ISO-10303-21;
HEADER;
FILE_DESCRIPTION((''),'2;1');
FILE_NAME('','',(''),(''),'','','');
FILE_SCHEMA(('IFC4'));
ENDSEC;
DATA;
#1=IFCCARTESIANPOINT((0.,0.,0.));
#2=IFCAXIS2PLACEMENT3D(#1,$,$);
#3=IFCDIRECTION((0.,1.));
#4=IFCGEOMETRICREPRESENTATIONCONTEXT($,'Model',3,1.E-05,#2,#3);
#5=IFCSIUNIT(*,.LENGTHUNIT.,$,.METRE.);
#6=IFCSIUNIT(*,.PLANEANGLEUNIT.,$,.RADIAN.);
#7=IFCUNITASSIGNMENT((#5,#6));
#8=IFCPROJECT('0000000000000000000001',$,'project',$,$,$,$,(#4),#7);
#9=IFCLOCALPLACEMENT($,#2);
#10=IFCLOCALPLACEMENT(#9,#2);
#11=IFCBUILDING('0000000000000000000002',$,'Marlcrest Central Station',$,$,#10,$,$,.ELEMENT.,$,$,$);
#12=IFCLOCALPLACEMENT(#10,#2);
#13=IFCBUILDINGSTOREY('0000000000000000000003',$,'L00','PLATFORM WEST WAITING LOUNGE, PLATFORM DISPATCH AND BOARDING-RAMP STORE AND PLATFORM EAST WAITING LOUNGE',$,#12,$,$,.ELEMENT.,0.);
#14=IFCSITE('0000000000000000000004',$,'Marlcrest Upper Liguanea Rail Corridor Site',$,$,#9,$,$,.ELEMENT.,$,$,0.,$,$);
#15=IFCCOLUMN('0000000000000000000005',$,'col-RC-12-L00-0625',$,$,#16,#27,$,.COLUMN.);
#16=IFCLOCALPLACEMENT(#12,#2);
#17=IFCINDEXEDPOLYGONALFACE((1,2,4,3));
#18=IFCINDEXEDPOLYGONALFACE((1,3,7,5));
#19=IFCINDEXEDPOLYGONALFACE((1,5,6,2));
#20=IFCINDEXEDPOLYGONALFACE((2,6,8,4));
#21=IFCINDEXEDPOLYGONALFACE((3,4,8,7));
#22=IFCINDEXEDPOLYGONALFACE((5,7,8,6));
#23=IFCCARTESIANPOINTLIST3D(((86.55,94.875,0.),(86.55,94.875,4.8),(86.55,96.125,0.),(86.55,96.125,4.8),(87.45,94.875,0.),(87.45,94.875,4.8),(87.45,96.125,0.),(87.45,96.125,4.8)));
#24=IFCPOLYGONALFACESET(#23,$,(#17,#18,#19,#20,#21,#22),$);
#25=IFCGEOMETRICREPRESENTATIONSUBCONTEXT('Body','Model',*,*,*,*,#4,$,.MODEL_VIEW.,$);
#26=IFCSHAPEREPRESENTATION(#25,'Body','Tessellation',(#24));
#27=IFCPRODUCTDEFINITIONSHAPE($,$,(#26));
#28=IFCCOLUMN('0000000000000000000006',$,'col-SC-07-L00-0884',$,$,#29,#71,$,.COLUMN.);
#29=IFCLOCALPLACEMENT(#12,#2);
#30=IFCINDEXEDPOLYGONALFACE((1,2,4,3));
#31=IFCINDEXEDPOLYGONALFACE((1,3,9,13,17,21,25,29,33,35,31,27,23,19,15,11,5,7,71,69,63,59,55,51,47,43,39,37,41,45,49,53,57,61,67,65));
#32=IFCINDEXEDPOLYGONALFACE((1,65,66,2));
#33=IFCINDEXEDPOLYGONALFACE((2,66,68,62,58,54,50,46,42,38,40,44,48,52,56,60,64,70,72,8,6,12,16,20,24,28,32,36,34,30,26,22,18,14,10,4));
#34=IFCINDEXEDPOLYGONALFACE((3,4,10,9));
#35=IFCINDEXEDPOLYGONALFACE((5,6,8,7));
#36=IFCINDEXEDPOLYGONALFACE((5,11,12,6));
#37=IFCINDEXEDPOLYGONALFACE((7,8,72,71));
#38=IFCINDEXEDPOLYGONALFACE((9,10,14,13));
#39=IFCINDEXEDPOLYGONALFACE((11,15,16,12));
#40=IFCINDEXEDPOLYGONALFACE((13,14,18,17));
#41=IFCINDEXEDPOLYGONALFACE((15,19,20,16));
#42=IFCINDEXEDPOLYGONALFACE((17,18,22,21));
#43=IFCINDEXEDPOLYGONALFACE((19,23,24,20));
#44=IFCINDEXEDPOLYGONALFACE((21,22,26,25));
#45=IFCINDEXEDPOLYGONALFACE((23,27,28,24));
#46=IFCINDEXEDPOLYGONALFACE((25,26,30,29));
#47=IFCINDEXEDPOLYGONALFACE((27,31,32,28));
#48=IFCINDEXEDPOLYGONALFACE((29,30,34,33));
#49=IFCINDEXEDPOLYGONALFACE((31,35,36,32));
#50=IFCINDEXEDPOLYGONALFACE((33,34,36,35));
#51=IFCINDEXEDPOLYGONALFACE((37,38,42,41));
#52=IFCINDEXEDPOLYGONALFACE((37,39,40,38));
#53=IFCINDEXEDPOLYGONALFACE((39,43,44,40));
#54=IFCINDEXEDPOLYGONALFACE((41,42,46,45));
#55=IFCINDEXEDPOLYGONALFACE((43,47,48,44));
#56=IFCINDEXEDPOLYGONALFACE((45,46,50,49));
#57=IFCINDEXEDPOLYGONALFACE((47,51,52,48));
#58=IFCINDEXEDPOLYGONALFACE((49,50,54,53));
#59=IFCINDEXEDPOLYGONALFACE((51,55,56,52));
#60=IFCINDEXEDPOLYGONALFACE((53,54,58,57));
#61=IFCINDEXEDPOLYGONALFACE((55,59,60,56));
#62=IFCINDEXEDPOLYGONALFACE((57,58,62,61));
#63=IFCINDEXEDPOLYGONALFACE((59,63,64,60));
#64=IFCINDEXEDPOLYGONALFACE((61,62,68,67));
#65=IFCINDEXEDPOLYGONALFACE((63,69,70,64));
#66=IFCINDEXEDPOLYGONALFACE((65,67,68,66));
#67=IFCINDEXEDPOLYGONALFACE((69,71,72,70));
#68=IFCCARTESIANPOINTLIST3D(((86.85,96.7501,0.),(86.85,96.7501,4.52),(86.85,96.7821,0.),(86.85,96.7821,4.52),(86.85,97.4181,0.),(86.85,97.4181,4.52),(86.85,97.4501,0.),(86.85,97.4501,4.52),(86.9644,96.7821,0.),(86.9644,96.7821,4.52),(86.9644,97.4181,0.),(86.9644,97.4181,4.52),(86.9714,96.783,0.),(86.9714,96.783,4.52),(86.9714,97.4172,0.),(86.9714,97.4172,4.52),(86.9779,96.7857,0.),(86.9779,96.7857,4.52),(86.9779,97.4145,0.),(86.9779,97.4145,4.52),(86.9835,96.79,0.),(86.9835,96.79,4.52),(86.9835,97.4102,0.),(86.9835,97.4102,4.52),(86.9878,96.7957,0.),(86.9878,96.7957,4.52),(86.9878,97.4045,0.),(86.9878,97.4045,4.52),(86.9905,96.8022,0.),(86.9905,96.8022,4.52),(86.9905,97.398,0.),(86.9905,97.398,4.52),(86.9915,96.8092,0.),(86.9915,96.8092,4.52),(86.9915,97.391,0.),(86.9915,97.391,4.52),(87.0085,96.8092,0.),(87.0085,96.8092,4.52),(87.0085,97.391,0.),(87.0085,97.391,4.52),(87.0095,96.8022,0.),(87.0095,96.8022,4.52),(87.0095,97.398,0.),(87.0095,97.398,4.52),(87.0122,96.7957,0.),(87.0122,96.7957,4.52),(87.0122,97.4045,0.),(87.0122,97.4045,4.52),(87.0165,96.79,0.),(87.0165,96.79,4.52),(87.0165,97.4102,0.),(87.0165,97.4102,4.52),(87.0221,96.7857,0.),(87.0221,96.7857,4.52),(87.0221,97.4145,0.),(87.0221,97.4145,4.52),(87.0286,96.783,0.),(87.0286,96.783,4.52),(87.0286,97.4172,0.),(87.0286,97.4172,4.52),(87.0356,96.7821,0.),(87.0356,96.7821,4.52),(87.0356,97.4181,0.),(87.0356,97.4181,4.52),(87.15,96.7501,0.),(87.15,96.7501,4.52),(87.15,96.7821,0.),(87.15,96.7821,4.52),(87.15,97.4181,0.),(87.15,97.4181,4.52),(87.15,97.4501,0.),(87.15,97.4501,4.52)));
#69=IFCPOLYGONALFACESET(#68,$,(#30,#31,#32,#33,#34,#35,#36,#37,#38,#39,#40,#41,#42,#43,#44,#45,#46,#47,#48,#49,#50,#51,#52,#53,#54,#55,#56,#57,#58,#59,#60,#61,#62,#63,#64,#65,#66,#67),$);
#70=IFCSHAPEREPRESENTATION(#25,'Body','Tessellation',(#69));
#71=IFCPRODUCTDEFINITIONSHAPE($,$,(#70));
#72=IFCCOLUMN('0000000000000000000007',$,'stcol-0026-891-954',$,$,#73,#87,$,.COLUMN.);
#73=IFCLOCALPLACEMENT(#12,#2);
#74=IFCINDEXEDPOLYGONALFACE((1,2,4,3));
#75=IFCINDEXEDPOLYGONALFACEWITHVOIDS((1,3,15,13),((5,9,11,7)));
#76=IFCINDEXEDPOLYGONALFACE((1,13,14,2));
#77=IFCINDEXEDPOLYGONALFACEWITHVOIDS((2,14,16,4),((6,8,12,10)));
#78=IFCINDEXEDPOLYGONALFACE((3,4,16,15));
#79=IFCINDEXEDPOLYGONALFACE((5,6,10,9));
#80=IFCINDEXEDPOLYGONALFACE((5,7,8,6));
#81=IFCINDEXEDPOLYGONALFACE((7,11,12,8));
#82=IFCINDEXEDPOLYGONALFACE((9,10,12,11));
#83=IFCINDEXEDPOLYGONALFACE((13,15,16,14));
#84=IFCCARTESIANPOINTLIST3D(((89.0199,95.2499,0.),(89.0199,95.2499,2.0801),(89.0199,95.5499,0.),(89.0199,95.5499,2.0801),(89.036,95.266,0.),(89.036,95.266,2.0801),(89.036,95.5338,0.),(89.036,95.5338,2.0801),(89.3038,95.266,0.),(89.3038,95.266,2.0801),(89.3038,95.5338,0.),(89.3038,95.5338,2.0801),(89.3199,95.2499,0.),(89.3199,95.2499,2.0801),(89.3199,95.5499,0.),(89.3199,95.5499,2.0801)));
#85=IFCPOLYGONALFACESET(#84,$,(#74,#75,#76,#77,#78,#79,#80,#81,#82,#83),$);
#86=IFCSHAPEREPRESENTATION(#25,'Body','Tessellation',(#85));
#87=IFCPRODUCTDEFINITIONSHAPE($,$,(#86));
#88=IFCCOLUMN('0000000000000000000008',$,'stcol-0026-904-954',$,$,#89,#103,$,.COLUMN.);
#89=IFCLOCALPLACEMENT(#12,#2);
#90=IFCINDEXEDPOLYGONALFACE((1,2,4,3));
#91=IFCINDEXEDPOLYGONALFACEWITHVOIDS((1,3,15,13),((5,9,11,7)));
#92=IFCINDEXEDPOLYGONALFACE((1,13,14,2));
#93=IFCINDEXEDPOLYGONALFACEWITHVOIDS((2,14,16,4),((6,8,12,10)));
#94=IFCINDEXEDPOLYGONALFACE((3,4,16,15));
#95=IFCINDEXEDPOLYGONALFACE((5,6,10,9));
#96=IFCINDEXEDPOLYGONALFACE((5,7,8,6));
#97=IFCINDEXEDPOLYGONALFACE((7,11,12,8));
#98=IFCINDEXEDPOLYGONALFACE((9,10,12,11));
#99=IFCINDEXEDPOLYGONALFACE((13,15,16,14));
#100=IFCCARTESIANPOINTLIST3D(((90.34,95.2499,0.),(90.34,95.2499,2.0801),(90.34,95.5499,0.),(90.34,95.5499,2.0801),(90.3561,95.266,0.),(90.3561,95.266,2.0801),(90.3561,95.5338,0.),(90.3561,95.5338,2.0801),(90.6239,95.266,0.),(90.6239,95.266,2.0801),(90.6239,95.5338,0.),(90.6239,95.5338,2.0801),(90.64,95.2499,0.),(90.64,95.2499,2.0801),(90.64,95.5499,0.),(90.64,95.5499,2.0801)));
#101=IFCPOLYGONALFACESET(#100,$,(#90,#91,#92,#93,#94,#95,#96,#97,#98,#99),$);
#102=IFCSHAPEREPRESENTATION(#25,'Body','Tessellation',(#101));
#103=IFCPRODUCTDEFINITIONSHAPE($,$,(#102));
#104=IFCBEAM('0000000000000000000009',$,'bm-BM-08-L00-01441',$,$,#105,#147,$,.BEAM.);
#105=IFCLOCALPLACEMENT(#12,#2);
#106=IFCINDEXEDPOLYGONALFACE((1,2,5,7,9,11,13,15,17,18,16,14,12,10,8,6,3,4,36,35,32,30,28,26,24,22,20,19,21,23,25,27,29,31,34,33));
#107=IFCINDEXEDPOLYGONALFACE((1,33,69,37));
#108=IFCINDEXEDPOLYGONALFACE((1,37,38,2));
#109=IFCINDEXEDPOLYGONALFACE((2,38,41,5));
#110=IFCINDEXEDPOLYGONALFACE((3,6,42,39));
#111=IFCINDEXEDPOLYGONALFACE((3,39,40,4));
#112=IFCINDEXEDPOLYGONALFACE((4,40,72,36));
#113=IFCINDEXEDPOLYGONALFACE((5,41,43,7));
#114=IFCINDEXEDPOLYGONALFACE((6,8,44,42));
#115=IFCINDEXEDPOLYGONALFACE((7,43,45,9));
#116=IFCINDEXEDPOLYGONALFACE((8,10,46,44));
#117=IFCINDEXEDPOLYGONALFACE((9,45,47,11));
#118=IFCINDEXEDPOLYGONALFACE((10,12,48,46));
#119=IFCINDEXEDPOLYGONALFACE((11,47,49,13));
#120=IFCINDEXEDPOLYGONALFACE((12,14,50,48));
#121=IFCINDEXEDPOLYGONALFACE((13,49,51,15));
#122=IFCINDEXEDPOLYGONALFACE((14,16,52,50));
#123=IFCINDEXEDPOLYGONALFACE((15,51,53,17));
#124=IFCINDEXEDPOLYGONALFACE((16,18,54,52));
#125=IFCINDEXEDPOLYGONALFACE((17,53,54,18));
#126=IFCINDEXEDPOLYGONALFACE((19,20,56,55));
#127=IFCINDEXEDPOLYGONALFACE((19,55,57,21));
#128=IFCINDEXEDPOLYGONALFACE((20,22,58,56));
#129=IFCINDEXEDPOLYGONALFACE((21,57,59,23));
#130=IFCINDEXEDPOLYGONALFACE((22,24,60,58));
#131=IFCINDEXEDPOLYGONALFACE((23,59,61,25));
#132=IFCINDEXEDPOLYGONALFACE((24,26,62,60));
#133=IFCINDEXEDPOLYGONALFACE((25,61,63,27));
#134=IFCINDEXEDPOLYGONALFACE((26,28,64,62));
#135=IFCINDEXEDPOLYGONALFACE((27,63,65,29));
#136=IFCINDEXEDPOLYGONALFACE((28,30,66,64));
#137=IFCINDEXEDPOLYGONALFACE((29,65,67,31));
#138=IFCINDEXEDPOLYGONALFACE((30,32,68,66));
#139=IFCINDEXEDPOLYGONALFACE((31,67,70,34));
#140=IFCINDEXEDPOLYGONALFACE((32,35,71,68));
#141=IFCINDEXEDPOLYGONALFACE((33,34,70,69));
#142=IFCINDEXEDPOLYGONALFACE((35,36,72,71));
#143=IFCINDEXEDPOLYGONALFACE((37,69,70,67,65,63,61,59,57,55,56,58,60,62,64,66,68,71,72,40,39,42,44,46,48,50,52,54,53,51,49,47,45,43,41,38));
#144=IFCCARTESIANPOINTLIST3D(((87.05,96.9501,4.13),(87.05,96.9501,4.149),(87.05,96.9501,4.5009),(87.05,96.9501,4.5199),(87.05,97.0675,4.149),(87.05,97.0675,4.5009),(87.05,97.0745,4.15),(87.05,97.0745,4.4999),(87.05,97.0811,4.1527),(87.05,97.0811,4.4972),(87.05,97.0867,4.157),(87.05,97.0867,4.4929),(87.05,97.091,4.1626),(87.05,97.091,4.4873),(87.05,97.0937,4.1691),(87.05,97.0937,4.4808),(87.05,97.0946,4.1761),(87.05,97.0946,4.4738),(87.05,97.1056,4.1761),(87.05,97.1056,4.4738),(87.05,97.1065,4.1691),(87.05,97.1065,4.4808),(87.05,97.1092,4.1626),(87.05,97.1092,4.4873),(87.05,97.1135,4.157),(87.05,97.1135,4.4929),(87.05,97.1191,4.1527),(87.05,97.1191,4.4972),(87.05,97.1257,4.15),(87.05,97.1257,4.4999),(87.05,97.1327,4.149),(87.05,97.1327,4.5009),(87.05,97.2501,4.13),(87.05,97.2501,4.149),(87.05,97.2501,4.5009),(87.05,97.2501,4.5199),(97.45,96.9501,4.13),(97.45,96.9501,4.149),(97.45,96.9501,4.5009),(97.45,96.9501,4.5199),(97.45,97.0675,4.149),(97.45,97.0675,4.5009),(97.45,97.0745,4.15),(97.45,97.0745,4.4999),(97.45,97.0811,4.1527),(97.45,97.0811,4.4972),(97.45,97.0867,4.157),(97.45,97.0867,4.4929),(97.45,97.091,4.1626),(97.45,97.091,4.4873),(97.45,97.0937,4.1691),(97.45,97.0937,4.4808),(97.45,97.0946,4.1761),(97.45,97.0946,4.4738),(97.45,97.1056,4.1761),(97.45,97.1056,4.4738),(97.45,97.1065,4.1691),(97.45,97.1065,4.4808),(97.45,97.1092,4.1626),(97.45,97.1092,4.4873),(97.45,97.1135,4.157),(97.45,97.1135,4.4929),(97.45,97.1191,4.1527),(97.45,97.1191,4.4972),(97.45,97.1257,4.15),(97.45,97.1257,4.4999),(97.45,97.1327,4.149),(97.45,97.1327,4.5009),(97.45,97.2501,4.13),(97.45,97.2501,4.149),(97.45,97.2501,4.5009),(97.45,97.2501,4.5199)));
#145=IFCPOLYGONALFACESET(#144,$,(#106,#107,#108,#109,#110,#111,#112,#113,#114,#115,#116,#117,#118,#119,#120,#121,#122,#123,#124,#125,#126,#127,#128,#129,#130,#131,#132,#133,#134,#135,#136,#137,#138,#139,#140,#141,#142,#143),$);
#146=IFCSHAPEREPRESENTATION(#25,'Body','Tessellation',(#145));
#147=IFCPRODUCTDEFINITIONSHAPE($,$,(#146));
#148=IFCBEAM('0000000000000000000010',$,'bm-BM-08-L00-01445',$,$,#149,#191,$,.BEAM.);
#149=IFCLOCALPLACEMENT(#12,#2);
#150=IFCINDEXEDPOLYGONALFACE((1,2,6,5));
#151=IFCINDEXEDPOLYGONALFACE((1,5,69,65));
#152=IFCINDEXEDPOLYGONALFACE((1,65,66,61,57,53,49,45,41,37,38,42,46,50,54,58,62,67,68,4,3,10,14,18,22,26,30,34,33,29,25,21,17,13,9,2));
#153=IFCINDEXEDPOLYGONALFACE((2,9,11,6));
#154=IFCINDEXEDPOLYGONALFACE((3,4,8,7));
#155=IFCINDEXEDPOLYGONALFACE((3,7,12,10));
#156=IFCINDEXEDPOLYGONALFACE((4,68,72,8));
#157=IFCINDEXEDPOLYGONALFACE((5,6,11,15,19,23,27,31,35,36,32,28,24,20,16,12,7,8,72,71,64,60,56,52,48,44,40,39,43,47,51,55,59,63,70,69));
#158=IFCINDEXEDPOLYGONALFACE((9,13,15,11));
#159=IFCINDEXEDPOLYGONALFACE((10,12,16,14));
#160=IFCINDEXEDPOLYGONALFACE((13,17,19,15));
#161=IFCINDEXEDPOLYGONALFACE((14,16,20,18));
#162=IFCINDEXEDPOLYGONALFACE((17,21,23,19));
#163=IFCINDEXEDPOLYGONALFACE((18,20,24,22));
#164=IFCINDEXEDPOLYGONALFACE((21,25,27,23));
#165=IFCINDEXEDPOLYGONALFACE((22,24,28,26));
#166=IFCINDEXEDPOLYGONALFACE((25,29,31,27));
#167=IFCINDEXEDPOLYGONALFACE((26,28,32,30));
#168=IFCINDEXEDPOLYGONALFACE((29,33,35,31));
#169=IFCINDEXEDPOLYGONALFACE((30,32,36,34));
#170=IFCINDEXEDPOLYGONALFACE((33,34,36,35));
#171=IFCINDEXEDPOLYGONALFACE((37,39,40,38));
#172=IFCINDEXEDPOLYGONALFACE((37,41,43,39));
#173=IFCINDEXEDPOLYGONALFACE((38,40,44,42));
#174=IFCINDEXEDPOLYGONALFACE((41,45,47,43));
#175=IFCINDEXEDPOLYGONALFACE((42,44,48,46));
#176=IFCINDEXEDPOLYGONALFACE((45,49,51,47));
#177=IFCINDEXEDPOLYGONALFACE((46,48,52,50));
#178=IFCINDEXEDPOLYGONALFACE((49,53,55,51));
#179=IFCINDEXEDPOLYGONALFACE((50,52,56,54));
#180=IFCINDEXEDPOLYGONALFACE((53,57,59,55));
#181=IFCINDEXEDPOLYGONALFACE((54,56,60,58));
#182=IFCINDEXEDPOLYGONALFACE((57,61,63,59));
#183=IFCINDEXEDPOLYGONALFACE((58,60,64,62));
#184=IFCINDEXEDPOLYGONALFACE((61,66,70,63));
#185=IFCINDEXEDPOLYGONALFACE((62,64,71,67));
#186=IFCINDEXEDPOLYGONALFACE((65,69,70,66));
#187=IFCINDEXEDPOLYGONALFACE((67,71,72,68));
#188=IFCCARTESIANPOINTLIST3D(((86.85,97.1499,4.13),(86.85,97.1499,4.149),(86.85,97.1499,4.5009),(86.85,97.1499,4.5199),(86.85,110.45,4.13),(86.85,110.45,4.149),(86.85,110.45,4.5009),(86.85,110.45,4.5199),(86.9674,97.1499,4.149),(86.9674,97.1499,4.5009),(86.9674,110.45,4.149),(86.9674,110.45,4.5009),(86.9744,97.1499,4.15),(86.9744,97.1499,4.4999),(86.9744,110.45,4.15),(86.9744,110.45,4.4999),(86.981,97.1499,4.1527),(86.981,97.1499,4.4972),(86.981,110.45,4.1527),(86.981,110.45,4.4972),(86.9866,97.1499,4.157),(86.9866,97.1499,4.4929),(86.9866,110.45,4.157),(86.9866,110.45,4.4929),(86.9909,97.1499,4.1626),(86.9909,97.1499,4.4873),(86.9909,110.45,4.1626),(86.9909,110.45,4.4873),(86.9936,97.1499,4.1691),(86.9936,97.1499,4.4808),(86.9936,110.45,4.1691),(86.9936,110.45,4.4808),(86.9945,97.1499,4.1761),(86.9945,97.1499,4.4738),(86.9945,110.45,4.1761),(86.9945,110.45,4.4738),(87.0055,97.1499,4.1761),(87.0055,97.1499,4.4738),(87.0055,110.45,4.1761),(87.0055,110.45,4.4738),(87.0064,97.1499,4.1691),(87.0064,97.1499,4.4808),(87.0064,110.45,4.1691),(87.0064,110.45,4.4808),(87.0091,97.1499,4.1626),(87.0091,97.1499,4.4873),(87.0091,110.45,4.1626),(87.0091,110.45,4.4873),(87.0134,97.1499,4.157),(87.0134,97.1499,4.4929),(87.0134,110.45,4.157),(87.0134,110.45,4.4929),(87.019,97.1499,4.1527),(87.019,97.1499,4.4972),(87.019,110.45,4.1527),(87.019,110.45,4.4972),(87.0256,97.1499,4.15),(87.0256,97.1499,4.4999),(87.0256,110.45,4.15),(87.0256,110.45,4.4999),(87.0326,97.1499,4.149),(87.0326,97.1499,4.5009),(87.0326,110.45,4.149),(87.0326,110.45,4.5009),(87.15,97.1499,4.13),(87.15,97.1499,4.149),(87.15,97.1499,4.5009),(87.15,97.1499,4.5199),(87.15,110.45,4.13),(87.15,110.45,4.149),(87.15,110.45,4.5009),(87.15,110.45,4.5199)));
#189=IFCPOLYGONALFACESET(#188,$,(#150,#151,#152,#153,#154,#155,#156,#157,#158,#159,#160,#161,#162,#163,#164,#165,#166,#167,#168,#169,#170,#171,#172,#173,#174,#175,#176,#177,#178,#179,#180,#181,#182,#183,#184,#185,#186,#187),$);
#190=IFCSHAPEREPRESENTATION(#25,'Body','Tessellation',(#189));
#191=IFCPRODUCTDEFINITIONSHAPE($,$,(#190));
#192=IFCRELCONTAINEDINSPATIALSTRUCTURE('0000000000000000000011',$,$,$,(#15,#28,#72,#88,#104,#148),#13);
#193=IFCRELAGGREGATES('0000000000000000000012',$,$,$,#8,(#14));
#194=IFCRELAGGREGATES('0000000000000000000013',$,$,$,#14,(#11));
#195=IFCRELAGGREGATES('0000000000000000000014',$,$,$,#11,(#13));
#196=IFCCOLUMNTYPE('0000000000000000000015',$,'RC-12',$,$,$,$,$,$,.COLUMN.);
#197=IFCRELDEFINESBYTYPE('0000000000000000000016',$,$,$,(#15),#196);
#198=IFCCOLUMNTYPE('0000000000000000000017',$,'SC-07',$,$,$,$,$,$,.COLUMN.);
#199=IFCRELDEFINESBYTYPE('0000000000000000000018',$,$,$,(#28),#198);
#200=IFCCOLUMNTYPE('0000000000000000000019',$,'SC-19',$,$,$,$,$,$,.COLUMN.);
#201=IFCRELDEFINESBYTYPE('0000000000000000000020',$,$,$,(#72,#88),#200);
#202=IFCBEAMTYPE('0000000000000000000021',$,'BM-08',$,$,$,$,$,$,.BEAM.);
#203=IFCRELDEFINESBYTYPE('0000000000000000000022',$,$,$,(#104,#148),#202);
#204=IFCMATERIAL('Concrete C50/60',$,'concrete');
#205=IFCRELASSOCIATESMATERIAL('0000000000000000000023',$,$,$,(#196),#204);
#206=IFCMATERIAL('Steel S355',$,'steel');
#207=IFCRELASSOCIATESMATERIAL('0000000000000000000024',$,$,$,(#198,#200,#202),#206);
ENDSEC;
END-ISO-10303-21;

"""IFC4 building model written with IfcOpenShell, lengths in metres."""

from ifc_helpers import new_model, si_unit, direction, frame, origin, origin_2d, place, context, subcontext, project, spatial, rectangle, hollow_rectangle, i_section, extrude, material, material_profile, profile_set, type_object, element, save


model = new_model("IFC4")

# Units and contexts
model_context = context("Model", 3, precision=1e-05, world=origin(), true_north=direction((0.0, 1.0)))
body_context = subcontext(model_context, "Body", "Model", "MODEL_VIEW")
ifc_project = project(units=[si_unit("LENGTHUNIT", "METRE"), si_unit("PLANEANGLEUNIT", "RADIAN")], contexts=[model_context])

# Site, building, storey
site_placement = place(None, origin())
site = spatial("IfcSite", under=ifc_project, at=site_placement, Name="Marlcrest Upper Liguanea Rail Corridor Site", CompositionType="ELEMENT", RefElevation=0.0)
building_placement = place(site_placement, origin())
building = spatial("IfcBuilding", under=site, at=building_placement, Name="Marlcrest Central Station", CompositionType="ELEMENT")
storey_placement = place(building_placement, origin())
storey = spatial("IfcBuildingStorey", under=building, at=storey_placement, Name="L00", Description="PLATFORM WEST WAITING LOUNGE, PLATFORM DISPATCH AND BOARDING-RAMP STORE AND PLATFORM EAST WAITING LOUNGE", CompositionType="ELEMENT", Elevation=0.0)

# Columns
ifc_material_1 = material(Name="Concrete C50/60", Category="concrete")
ifc_material_profile_1 = material_profile(ifc_material_1, rectangle(XDim=0.8999, YDim=1.25, at=origin_2d()), Name="RC 900x1250")
ifc_profile_set_1 = profile_set([ifc_material_profile_1], Name="Concrete C50/60")
column_type_1 = type_object("IfcColumnType", Name="RC-12", PredefinedType="COLUMN", material=ifc_profile_set_1)
column_1_placement = place(storey_placement, frame((87.0, 95.5, 0.0), z_axis=(0.0, 0.0, 1.0), x_axis=(1.0, 0.0, 0.0)))
element("IfcColumn", 1, at=column_1_placement, inside=storey, type_object=column_type_1, Name="col-RC-12-L00-0625", PredefinedType="COLUMN", context=body_context, shape_type="SweptSolid", body=[
    extrude(rectangle(XDim=0.8999, YDim=1.25, at=origin_2d()), origin(), (0.0, 0.0, 1.0), 4.8),
])
ifc_material_2 = material(Name="Steel S355", Category="steel")
ifc_material_profile_2 = material_profile(ifc_material_2, i_section(OverallWidth=0.3, OverallDepth=0.7, WebThickness=0.0171, FlangeThickness=0.032, FilletRadius=0.0271, at=origin_2d()), Name="HEB 700")
ifc_profile_set_2 = profile_set([ifc_material_profile_2], Name="Steel S355")
column_type_2 = type_object("IfcColumnType", Name="SC-07", PredefinedType="COLUMN", material=ifc_profile_set_2)
column_2_placement = place(storey_placement, frame((87.0, 97.1001, 0.0), z_axis=(0.0, 0.0, 1.0), x_axis=(1.0, 0.0, 0.0)))
element("IfcColumn", 2, at=column_2_placement, inside=storey, type_object=column_type_2, Name="col-SC-07-L00-0884", PredefinedType="COLUMN", context=body_context, shape_type="SweptSolid", body=[
    extrude(i_section(OverallWidth=0.3, OverallDepth=0.7, WebThickness=0.0171, FlangeThickness=0.032, FilletRadius=0.0271, at=origin_2d()), origin(), (0.0, 0.0, 1.0), 4.52),
])
ifc_material_profile_3 = material_profile(ifc_material_2, hollow_rectangle(XDim=0.3, YDim=0.3, WallThickness=0.0161, at=origin_2d()), Name="SHS 300x300x16")
ifc_profile_set_3 = profile_set([ifc_material_profile_3], Name="Steel S355")
column_type_3 = type_object("IfcColumnType", Name="SC-19", PredefinedType="COLUMN", material=ifc_profile_set_3)
for number, where, z_axis, x_axis, name in (
    (3, (89.1699, 95.3999, 0.0), (0.0, 0.0, 1.0), (1.0, 0.0, 0.0), "stcol-0026-891-954"),
    (4, (90.49, 95.3999, 0.0), (0.0, 0.0, 1.0), (1.0, 0.0, 0.0), "stcol-0026-904-954"),
):
    element("IfcColumn", number, at=place(storey_placement, frame(where, z_axis=z_axis, x_axis=x_axis)), inside=storey, type_object=column_type_3, Name=name, PredefinedType="COLUMN", context=body_context, shape_type="SweptSolid", body=[
        extrude(hollow_rectangle(XDim=0.3, YDim=0.3, WallThickness=0.0161, at=origin_2d()), origin(), (0.0, 0.0, 1.0), 2.0801),
    ])

# Beams
ifc_material_profile_4 = material_profile(ifc_material_2, i_section(OverallWidth=0.3, OverallDepth=0.3899, WebThickness=0.011, FlangeThickness=0.019, FilletRadius=0.0271, at=origin_2d()), Name="HEA 400")
ifc_profile_set_4 = profile_set([ifc_material_profile_4], Name="Steel S355")
beam_type_1 = type_object("IfcBeamType", Name="BM-08", PredefinedType="BEAM", material=ifc_profile_set_4)
beam_1_placement = place(storey_placement, frame((87.05, 97.1001, 4.325), z_axis=(1.0, 0.0, 0.0), x_axis=(0.0, 1.0, 0.0)))
element("IfcBeam", 5, at=beam_1_placement, inside=storey, type_object=beam_type_1, Name="bm-BM-08-L00-01441", PredefinedType="BEAM", context=body_context, shape_type="SweptSolid", body=[
    extrude(i_section(OverallWidth=0.3, OverallDepth=0.3899, WebThickness=0.011, FlangeThickness=0.019, FilletRadius=0.0271, at=origin_2d()), origin(), (0.0, 0.0, 1.0), 10.3999),
])
beam_2_placement = place(storey_placement, frame((87.0, 97.1499, 4.325), z_axis=(0.0, 1.0, 0.0), x_axis=(-1.0, 0.0, 0.0)))
element("IfcBeam", 6, at=beam_2_placement, inside=storey, type_object=beam_type_1, Name="bm-BM-08-L00-01445", PredefinedType="BEAM", context=body_context, shape_type="SweptSolid", body=[
    extrude(i_section(OverallWidth=0.3, OverallDepth=0.3899, WebThickness=0.011, FlangeThickness=0.019, FilletRadius=0.0271, at=origin_2d()), origin(), (0.0, 0.0, 1.0), 13.3),
])

save(model, "model.ifc")
